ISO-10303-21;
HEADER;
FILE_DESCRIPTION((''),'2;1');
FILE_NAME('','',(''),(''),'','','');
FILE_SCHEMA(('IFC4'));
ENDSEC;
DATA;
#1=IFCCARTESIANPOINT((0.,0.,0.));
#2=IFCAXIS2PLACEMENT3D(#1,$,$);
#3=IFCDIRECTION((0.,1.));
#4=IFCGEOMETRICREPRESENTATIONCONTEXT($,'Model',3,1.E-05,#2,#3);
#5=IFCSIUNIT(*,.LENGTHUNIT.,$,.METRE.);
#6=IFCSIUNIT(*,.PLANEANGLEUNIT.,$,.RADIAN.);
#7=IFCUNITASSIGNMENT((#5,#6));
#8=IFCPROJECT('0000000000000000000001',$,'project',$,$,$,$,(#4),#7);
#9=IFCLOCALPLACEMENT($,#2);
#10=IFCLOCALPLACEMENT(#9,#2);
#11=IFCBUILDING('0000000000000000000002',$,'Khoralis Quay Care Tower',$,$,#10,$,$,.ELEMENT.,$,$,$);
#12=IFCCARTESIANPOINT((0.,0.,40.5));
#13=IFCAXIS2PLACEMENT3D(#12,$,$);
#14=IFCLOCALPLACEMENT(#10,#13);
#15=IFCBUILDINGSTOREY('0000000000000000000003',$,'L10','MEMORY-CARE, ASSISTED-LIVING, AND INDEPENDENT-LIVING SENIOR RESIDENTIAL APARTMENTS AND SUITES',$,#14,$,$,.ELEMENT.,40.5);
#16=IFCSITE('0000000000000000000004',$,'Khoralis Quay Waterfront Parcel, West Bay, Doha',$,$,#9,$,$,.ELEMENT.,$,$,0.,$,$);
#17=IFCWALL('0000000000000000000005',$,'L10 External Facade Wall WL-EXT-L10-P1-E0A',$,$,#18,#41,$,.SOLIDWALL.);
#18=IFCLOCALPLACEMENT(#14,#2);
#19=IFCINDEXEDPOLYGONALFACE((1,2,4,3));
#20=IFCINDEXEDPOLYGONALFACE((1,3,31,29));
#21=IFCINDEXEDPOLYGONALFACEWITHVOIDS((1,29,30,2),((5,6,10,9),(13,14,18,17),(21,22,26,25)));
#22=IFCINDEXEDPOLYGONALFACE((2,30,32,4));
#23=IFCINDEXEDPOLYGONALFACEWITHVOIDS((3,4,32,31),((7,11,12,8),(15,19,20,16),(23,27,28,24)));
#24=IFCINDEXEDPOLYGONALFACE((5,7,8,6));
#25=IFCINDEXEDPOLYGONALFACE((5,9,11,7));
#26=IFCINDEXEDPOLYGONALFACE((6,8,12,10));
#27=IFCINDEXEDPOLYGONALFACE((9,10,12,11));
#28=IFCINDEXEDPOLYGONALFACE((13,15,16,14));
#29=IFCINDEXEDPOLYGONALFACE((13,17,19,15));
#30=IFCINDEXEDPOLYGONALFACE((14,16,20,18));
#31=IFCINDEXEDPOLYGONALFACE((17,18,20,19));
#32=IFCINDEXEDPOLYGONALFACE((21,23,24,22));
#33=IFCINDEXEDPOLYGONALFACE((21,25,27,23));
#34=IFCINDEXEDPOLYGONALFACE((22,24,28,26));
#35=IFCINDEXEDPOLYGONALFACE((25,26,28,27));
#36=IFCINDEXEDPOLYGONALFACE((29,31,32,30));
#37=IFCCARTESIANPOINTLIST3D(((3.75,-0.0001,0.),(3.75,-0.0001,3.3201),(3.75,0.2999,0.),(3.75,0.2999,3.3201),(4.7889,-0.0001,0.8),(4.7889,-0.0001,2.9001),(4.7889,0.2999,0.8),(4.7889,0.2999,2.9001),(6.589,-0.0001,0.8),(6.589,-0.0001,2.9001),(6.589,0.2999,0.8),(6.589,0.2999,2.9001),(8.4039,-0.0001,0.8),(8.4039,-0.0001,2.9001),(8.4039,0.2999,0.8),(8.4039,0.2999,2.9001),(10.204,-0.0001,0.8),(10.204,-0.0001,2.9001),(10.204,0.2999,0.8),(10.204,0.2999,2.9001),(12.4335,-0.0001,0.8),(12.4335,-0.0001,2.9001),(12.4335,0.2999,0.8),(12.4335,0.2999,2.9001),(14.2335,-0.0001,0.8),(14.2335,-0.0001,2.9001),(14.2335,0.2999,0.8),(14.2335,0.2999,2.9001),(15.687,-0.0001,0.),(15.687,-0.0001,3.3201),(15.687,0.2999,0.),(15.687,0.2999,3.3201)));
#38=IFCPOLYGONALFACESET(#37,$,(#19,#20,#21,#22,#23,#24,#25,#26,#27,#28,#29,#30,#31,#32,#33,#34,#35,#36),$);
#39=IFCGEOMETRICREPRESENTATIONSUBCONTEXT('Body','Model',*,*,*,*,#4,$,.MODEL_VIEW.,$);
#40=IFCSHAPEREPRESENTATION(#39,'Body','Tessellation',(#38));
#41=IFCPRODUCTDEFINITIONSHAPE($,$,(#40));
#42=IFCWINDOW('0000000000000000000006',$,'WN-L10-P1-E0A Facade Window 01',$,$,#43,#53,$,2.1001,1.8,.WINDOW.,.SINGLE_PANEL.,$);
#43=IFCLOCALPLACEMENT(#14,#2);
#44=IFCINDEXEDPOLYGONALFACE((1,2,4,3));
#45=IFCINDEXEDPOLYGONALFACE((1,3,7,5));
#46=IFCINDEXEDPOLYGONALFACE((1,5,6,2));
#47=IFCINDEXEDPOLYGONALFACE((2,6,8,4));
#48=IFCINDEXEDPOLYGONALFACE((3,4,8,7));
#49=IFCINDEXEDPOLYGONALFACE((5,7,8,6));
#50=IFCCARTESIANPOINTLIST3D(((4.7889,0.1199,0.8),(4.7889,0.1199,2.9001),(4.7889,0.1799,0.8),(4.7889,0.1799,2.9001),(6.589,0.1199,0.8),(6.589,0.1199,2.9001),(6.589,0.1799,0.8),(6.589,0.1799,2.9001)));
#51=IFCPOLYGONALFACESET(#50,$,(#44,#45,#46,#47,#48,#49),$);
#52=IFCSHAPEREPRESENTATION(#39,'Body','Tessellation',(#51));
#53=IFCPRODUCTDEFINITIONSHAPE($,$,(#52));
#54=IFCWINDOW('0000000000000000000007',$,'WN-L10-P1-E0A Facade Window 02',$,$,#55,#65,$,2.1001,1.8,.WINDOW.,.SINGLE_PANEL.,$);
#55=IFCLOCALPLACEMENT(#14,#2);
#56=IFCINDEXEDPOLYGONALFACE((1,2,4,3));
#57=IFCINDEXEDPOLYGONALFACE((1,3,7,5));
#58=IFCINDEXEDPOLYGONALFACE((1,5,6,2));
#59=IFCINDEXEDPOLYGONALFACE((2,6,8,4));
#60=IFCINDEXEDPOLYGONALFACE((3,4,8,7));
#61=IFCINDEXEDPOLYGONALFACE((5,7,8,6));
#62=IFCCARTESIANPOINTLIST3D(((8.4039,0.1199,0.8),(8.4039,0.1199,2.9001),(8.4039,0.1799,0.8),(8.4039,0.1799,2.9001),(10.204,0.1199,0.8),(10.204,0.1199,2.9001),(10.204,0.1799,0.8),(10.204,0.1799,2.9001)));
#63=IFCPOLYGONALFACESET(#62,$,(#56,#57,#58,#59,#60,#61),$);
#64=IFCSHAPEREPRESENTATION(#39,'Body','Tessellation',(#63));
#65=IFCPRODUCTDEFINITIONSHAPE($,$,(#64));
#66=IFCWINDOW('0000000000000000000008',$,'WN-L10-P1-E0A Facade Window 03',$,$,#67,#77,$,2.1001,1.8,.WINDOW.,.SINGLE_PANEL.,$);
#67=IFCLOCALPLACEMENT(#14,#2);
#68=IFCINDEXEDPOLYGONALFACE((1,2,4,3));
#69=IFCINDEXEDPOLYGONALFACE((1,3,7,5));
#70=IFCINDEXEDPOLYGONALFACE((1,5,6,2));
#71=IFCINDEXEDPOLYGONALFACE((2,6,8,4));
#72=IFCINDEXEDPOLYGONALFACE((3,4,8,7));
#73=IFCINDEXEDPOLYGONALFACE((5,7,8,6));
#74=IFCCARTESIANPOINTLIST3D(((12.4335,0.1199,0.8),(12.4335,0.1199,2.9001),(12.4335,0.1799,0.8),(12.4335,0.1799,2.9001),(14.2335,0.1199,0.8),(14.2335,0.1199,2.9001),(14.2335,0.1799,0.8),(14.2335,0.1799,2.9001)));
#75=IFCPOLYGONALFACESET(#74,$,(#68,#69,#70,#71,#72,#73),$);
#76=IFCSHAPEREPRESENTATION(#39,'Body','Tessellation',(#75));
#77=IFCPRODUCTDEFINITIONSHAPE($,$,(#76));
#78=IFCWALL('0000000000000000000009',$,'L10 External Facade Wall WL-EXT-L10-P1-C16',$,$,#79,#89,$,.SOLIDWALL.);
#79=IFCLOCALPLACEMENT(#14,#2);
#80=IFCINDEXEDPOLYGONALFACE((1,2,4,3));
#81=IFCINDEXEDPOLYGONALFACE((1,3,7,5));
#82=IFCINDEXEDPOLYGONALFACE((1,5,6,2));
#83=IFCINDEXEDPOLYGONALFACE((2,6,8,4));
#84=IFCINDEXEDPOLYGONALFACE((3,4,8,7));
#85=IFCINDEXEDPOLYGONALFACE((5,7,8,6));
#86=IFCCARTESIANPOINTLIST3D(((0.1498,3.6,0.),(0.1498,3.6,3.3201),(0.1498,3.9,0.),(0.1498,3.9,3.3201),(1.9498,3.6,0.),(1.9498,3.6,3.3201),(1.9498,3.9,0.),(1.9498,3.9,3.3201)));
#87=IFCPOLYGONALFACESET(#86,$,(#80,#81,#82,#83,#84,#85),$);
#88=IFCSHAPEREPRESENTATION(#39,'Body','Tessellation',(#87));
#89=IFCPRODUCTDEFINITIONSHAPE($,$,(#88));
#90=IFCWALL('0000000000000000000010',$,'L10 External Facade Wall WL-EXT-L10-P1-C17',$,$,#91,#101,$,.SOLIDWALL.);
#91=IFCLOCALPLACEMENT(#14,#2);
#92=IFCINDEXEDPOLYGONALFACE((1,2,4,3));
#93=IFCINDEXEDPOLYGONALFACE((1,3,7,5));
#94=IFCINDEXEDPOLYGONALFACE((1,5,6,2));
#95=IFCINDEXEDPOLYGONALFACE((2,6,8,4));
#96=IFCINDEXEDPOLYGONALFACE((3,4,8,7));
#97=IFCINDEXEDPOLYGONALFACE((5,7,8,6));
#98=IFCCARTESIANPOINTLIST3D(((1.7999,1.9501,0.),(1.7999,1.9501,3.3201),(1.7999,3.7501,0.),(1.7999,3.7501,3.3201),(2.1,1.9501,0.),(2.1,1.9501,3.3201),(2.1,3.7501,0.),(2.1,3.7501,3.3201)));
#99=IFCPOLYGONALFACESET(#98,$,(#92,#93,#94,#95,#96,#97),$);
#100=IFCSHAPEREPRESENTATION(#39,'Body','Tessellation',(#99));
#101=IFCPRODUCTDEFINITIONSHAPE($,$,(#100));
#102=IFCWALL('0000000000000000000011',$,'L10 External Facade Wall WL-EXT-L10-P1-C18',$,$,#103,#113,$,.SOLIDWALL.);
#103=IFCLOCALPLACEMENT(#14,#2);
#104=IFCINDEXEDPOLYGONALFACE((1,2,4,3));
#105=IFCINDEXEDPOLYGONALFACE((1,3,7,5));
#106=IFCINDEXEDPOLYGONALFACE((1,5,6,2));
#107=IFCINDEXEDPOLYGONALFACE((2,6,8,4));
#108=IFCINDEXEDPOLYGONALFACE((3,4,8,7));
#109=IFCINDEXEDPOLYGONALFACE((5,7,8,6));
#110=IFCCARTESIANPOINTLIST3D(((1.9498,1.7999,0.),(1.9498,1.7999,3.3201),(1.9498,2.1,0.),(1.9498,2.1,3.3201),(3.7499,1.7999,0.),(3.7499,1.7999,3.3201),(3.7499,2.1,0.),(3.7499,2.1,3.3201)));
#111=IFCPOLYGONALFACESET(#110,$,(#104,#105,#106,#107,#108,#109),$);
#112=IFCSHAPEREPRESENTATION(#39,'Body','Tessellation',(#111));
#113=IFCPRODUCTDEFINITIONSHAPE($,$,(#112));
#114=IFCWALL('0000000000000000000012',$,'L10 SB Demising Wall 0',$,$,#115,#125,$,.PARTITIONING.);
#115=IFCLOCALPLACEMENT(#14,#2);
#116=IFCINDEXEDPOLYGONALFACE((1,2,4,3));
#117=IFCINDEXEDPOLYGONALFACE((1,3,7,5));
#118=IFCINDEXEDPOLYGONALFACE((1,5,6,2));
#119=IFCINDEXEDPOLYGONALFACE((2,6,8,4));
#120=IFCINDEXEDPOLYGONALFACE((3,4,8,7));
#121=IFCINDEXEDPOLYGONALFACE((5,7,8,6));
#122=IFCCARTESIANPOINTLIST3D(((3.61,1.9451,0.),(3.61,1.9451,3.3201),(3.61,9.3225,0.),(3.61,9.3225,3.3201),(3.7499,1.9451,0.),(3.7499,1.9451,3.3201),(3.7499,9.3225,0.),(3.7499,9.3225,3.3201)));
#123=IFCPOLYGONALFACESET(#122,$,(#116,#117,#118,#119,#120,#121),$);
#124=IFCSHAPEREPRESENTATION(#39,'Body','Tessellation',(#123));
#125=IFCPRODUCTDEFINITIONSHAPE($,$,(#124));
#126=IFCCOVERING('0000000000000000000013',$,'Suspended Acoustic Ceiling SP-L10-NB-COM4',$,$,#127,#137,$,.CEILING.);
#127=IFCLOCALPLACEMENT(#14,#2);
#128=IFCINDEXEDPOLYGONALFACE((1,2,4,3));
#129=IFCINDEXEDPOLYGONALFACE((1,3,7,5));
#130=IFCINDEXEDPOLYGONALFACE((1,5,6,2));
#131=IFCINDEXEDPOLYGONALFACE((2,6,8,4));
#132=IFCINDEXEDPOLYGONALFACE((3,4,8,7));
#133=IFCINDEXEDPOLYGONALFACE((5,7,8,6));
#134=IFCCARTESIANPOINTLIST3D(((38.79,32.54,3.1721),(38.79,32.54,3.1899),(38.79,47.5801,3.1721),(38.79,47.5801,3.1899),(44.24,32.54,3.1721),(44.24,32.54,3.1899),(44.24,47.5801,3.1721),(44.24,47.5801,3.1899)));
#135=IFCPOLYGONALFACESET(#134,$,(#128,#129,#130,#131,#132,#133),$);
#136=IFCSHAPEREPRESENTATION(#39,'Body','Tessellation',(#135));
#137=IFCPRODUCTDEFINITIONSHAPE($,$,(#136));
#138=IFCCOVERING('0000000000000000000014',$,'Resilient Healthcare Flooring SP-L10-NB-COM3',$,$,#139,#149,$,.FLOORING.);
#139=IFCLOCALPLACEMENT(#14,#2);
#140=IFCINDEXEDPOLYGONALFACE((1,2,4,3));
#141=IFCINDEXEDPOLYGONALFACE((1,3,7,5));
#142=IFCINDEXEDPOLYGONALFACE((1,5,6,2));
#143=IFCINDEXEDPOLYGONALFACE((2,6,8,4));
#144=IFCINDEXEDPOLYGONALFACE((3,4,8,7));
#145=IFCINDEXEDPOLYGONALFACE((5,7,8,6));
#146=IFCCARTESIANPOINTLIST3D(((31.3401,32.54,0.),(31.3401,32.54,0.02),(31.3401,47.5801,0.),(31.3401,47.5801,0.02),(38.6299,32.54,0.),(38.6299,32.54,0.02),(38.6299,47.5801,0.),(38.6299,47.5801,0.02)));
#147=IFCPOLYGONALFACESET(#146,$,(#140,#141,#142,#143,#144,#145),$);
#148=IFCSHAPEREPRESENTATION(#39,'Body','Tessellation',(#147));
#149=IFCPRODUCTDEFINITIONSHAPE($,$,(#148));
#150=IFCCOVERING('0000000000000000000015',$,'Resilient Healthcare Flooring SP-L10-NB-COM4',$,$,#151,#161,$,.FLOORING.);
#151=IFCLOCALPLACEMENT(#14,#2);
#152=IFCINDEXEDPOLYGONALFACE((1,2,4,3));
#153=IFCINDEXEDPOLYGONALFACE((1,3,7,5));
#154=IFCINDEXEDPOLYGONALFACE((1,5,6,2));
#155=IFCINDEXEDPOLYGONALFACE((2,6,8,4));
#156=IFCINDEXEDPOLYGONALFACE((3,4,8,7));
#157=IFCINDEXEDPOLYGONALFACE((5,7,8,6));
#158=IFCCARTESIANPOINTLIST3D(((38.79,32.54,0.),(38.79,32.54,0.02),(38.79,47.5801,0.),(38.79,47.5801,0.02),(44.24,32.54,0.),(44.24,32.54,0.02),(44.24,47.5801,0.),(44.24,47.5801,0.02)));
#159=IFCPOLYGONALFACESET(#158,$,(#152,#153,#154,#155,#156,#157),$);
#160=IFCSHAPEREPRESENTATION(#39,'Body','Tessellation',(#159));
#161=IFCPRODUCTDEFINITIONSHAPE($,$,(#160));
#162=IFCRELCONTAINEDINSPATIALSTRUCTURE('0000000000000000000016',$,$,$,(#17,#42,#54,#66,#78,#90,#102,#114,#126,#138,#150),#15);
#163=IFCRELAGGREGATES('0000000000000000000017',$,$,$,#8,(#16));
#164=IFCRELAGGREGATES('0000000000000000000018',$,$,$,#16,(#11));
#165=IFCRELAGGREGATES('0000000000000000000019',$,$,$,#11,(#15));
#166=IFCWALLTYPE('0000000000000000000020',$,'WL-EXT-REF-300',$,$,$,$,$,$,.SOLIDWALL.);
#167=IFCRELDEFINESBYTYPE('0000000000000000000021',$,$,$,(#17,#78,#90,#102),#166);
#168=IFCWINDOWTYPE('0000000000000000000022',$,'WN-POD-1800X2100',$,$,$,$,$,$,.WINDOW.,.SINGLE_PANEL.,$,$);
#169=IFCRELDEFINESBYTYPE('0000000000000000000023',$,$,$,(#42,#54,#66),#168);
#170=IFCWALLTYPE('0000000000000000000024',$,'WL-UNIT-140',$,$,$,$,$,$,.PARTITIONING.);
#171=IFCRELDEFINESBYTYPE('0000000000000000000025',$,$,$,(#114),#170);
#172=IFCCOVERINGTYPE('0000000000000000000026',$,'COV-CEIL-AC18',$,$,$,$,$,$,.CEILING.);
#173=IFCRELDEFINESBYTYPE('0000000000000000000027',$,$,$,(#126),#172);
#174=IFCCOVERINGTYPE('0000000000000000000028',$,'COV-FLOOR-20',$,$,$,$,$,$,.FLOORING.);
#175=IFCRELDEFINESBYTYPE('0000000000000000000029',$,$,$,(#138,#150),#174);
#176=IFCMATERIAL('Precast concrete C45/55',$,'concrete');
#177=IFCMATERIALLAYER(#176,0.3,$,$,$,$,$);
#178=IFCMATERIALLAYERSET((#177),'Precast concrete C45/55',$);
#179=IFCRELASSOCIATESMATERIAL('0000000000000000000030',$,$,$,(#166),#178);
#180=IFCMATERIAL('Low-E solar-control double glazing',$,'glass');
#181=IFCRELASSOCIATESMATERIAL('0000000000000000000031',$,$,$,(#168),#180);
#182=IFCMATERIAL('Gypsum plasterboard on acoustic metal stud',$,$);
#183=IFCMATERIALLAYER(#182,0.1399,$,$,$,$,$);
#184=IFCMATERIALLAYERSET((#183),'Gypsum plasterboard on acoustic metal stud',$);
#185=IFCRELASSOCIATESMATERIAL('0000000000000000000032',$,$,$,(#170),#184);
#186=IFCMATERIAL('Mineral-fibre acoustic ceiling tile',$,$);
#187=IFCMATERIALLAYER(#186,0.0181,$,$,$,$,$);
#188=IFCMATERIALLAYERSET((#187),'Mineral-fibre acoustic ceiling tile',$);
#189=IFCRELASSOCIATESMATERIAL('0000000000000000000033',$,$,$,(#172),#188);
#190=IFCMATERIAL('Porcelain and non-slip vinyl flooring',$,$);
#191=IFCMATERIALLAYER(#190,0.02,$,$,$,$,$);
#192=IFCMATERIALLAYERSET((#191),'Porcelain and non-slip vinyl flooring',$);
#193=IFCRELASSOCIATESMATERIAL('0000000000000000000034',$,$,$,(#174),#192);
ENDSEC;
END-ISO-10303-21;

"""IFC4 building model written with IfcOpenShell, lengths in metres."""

from ifc_helpers import new_model, si_unit, direction, frame, frame_2d, origin, place, context, subcontext, project, spatial, polyline, rectangle, outline, extrude, source, transform, mapped, material, layer, layer_set, type_object, element, fill, save


model = new_model("IFC4")

# Units and contexts
model_context = context("Model", 3, precision=1e-05, world=origin(), true_north=direction((0.0, 1.0)))
body_context = subcontext(model_context, "Body", "Model", "MODEL_VIEW")
ifc_project = project(units=[si_unit("LENGTHUNIT", "METRE"), si_unit("PLANEANGLEUNIT", "RADIAN")], contexts=[model_context])

# Site, building, storey
site_placement = place(None, origin())
site = spatial("IfcSite", under=ifc_project, at=site_placement, Name="Khoralis Quay Waterfront Parcel, West Bay, Doha", CompositionType="ELEMENT", RefElevation=0.0)
building_placement = place(site_placement, origin())
building = spatial("IfcBuilding", under=site, at=building_placement, Name="Khoralis Quay Care Tower", CompositionType="ELEMENT")
storey_placement = place(building_placement, frame((0.0, 0.0, 40.5)))
storey = spatial("IfcBuildingStorey", under=building, at=storey_placement, Name="L10", Description="MEMORY-CARE, ASSISTED-LIVING, AND INDEPENDENT-LIVING SENIOR RESIDENTIAL APARTMENTS AND SUITES", CompositionType="ELEMENT", Elevation=40.5)

# Shared definitions
ifc_material_1 = material(Name="Gypsum plasterboard on acoustic metal stud")

# Wall, openings, windows
ifc_material_2 = material(Name="Precast concrete C45/55", Category="concrete")
ifc_layer_1 = layer(ifc_material_2, 0.3)
ifc_layer_set_1 = layer_set([ifc_layer_1], Name="Precast concrete C45/55")
wall_type_1 = type_object("IfcWallType", Name="WL-EXT-REF-300", PredefinedType="SOLIDWALL", material=ifc_layer_set_1)
wall_1_placement = place(storey_placement, frame((3.75, 0.1499, 0.0), z_axis=(0.0, 0.0, 1.0), x_axis=(1.0, 0.0, 0.0)))
wall_1 = element("IfcWall", 1, at=wall_1_placement, inside=storey, type_object=wall_type_1, Name="L10 External Facade Wall WL-EXT-L10-P1-E0A", PredefinedType="SOLIDWALL", context=body_context, shape_type="SweptSolid", body=[
    extrude(rectangle(XDim=11.937, YDim=0.3, at=frame_2d((5.9685, 0.0))), origin(), (0.0, 0.0, 1.0), 3.3201),
])
opening_1_placement = place(wall_1_placement, frame((1.0391, 0.0, 0.8)))
opening_1 = element("IfcOpeningElement", 2, at=opening_1_placement, cuts=wall_1, PredefinedType="OPENING", context=body_context, shape_type="SweptSolid", body=[
    extrude(rectangle(XDim=1.8, YDim=2.1001, at=frame_2d((0.8999, 1.05))), frame((0.0, 0.1602, 0.0), z_axis=(0.0, -1.0, 0.0), x_axis=(1.0, 0.0, 0.0)), (0.0, 0.0, 1.0), 0.3201),
])
opening_2_placement = place(wall_1_placement, frame((4.6541, 0.0, 0.8)))
opening_2 = element("IfcOpeningElement", 3, at=opening_2_placement, cuts=wall_1, PredefinedType="OPENING", context=body_context, shape_type="SweptSolid", body=[
    extrude(rectangle(XDim=1.8, YDim=2.1001, at=frame_2d((0.8999, 1.05))), frame((0.0, 0.1602, 0.0), z_axis=(0.0, -1.0, 0.0), x_axis=(1.0, 0.0, 0.0)), (0.0, 0.0, 1.0), 0.3201),
])
opening_3_placement = place(wall_1_placement, frame((8.6836, 0.0, 0.8)))
opening_3 = element("IfcOpeningElement", 4, at=opening_3_placement, cuts=wall_1, PredefinedType="OPENING", context=body_context, shape_type="SweptSolid", body=[
    extrude(rectangle(XDim=1.8, YDim=2.1001, at=frame_2d((0.8999, 1.05))), frame((0.0, 0.1602, 0.0), z_axis=(0.0, -1.0, 0.0), x_axis=(1.0, 0.0, 0.0)), (0.0, 0.0, 1.0), 0.3201),
])
ifc_material_3 = material(Name="Low-E solar-control double glazing", Category="glass")
window_type = type_object("IfcWindowType", Name="WN-POD-1800X2100", PartitioningType="SINGLE_PANEL", PredefinedType="WINDOW", material=ifc_material_3)
shared_shape_1 = source(origin(), body_context, "Body", "SweptSolid", [
    extrude(rectangle(XDim=1.8, YDim=2.1001, at=frame_2d((0.8999, 1.05))), frame((0.0, 0.03, 0.0), z_axis=(0.0, -1.0, 0.0), x_axis=(1.0, 0.0, 0.0)), (0.0, 0.0, 1.0), 0.0601),
])
window_1_placement = place(opening_1_placement, origin())
window_1 = element("IfcWindow", 5, at=window_1_placement, inside=storey, type_object=window_type, Name="WN-L10-P1-E0A Facade Window 01", OverallHeight=2.1001, OverallWidth=1.8, PartitioningType="SINGLE_PANEL", PredefinedType="WINDOW", context=body_context, shape_type="MappedRepresentation", body=[
    mapped(shared_shape_1, transform((0.0, 0.0, 0.0), scale=1.0)),
])
fill(opening_1, window_1)
window_2_placement = place(opening_2_placement, origin())
window_2 = element("IfcWindow", 6, at=window_2_placement, inside=storey, type_object=window_type, Name="WN-L10-P1-E0A Facade Window 02", OverallHeight=2.1001, OverallWidth=1.8, PartitioningType="SINGLE_PANEL", PredefinedType="WINDOW", context=body_context, shape_type="MappedRepresentation", body=[
    mapped(shared_shape_1, transform((0.0, 0.0, 0.0), scale=1.0)),
])
fill(opening_2, window_2)
window_3_placement = place(opening_3_placement, origin())
window_3 = element("IfcWindow", 7, at=window_3_placement, inside=storey, type_object=window_type, Name="WN-L10-P1-E0A Facade Window 03", OverallHeight=2.1001, OverallWidth=1.8, PartitioningType="SINGLE_PANEL", PredefinedType="WINDOW", context=body_context, shape_type="MappedRepresentation", body=[
    mapped(shared_shape_1, transform((0.0, 0.0, 0.0), scale=1.0)),
])
fill(opening_3, window_3)

# Walls
for number, where, z_axis, x_axis, name in (
    (8, (0.1499, 3.75, 0.0), (0.0, 0.0, 1.0), (1.0, 0.0, 0.0), "L10 External Facade Wall WL-EXT-L10-P1-C16"),
    (9, (1.95, 3.75, 0.0), (0.0, 0.0, 1.0), (0.0, -1.0, 0.0), "L10 External Facade Wall WL-EXT-L10-P1-C17"),
    (10, (1.95, 1.95, 0.0), (0.0, 0.0, 1.0), (1.0, 0.0, 0.0), "L10 External Facade Wall WL-EXT-L10-P1-C18"),
):
    element("IfcWall", number, at=place(storey_placement, frame(where, z_axis=z_axis, x_axis=x_axis)), inside=storey, type_object=wall_type_1, Name=name, PredefinedType="SOLIDWALL", context=body_context, shape_type="SweptSolid", body=[
        extrude(rectangle(XDim=1.8, YDim=0.3, at=frame_2d((0.8999, 0.0))), origin(), (0.0, 0.0, 1.0), 3.3201),
    ])
ifc_layer_2 = layer(ifc_material_1, 0.1399)
ifc_layer_set_2 = layer_set([ifc_layer_2], Name="Gypsum plasterboard on acoustic metal stud")
wall_type_2 = type_object("IfcWallType", Name="WL-UNIT-140", PredefinedType="PARTITIONING", material=ifc_layer_set_2)
wall_2_placement = place(storey_placement, frame((3.6799, 1.9451, 0.0), z_axis=(0.0, 0.0, 1.0), x_axis=(0.0, 1.0, 0.0)))
element("IfcWall", 11, at=wall_2_placement, inside=storey, type_object=wall_type_2, Name="L10 SB Demising Wall 0", PredefinedType="PARTITIONING", context=body_context, shape_type="SweptSolid", body=[
    extrude(rectangle(XDim=7.3774, YDim=0.1399, at=frame_2d((3.6887, 0.0))), origin(), (0.0, 0.0, 1.0), 3.3201),
])

# Coverings
ifc_material_4 = material(Name="Mineral-fibre acoustic ceiling tile")
ifc_layer_3 = layer(ifc_material_4, 0.0181)
ifc_layer_set_3 = layer_set([ifc_layer_3], Name="Mineral-fibre acoustic ceiling tile")
covering_type_1 = type_object("IfcCoveringType", Name="COV-CEIL-AC18", PredefinedType="CEILING", material=ifc_layer_set_3)
covering_1_placement = place(storey_placement, frame((0.0, 0.0, 3.1721)))
element("IfcCovering", 12, at=covering_1_placement, inside=storey, type_object=covering_type_1, Name="Suspended Acoustic Ceiling SP-L10-NB-COM4", PredefinedType="CEILING", context=body_context, shape_type="SweptSolid", body=[
    extrude(outline(polyline([(38.79, 32.54), (44.24, 32.54), (44.24, 47.5801), (38.79, 47.5801), (38.79, 32.54)])), origin(), (0.0, 0.0, 1.0), 0.0178),
])
ifc_material_5 = material(Name="Porcelain and non-slip vinyl flooring")
ifc_layer_4 = layer(ifc_material_5, 0.02)
ifc_layer_set_4 = layer_set([ifc_layer_4], Name="Porcelain and non-slip vinyl flooring")
covering_type_2 = type_object("IfcCoveringType", Name="COV-FLOOR-20", PredefinedType="FLOORING", material=ifc_layer_set_4)
covering_2_placement = place(storey_placement, origin())
element("IfcCovering", 13, at=covering_2_placement, inside=storey, type_object=covering_type_2, Name="Resilient Healthcare Flooring SP-L10-NB-COM3", PredefinedType="FLOORING", context=body_context, shape_type="SweptSolid", body=[
    extrude(outline(polyline([(31.3401, 32.54), (38.6299, 32.54), (38.6299, 47.5801), (31.3401, 47.5801), (31.3401, 32.54)])), origin(), (0.0, 0.0, 1.0), 0.02),
])
covering_3_placement = place(storey_placement, origin())
element("IfcCovering", 14, at=covering_3_placement, inside=storey, type_object=covering_type_2, Name="Resilient Healthcare Flooring SP-L10-NB-COM4", PredefinedType="FLOORING", context=body_context, shape_type="SweptSolid", body=[
    extrude(outline(polyline([(38.79, 32.54), (44.24, 32.54), (44.24, 47.5801), (38.79, 47.5801), (38.79, 32.54)])), origin(), (0.0, 0.0, 1.0), 0.02),
])

save(model, "model.ifc")
